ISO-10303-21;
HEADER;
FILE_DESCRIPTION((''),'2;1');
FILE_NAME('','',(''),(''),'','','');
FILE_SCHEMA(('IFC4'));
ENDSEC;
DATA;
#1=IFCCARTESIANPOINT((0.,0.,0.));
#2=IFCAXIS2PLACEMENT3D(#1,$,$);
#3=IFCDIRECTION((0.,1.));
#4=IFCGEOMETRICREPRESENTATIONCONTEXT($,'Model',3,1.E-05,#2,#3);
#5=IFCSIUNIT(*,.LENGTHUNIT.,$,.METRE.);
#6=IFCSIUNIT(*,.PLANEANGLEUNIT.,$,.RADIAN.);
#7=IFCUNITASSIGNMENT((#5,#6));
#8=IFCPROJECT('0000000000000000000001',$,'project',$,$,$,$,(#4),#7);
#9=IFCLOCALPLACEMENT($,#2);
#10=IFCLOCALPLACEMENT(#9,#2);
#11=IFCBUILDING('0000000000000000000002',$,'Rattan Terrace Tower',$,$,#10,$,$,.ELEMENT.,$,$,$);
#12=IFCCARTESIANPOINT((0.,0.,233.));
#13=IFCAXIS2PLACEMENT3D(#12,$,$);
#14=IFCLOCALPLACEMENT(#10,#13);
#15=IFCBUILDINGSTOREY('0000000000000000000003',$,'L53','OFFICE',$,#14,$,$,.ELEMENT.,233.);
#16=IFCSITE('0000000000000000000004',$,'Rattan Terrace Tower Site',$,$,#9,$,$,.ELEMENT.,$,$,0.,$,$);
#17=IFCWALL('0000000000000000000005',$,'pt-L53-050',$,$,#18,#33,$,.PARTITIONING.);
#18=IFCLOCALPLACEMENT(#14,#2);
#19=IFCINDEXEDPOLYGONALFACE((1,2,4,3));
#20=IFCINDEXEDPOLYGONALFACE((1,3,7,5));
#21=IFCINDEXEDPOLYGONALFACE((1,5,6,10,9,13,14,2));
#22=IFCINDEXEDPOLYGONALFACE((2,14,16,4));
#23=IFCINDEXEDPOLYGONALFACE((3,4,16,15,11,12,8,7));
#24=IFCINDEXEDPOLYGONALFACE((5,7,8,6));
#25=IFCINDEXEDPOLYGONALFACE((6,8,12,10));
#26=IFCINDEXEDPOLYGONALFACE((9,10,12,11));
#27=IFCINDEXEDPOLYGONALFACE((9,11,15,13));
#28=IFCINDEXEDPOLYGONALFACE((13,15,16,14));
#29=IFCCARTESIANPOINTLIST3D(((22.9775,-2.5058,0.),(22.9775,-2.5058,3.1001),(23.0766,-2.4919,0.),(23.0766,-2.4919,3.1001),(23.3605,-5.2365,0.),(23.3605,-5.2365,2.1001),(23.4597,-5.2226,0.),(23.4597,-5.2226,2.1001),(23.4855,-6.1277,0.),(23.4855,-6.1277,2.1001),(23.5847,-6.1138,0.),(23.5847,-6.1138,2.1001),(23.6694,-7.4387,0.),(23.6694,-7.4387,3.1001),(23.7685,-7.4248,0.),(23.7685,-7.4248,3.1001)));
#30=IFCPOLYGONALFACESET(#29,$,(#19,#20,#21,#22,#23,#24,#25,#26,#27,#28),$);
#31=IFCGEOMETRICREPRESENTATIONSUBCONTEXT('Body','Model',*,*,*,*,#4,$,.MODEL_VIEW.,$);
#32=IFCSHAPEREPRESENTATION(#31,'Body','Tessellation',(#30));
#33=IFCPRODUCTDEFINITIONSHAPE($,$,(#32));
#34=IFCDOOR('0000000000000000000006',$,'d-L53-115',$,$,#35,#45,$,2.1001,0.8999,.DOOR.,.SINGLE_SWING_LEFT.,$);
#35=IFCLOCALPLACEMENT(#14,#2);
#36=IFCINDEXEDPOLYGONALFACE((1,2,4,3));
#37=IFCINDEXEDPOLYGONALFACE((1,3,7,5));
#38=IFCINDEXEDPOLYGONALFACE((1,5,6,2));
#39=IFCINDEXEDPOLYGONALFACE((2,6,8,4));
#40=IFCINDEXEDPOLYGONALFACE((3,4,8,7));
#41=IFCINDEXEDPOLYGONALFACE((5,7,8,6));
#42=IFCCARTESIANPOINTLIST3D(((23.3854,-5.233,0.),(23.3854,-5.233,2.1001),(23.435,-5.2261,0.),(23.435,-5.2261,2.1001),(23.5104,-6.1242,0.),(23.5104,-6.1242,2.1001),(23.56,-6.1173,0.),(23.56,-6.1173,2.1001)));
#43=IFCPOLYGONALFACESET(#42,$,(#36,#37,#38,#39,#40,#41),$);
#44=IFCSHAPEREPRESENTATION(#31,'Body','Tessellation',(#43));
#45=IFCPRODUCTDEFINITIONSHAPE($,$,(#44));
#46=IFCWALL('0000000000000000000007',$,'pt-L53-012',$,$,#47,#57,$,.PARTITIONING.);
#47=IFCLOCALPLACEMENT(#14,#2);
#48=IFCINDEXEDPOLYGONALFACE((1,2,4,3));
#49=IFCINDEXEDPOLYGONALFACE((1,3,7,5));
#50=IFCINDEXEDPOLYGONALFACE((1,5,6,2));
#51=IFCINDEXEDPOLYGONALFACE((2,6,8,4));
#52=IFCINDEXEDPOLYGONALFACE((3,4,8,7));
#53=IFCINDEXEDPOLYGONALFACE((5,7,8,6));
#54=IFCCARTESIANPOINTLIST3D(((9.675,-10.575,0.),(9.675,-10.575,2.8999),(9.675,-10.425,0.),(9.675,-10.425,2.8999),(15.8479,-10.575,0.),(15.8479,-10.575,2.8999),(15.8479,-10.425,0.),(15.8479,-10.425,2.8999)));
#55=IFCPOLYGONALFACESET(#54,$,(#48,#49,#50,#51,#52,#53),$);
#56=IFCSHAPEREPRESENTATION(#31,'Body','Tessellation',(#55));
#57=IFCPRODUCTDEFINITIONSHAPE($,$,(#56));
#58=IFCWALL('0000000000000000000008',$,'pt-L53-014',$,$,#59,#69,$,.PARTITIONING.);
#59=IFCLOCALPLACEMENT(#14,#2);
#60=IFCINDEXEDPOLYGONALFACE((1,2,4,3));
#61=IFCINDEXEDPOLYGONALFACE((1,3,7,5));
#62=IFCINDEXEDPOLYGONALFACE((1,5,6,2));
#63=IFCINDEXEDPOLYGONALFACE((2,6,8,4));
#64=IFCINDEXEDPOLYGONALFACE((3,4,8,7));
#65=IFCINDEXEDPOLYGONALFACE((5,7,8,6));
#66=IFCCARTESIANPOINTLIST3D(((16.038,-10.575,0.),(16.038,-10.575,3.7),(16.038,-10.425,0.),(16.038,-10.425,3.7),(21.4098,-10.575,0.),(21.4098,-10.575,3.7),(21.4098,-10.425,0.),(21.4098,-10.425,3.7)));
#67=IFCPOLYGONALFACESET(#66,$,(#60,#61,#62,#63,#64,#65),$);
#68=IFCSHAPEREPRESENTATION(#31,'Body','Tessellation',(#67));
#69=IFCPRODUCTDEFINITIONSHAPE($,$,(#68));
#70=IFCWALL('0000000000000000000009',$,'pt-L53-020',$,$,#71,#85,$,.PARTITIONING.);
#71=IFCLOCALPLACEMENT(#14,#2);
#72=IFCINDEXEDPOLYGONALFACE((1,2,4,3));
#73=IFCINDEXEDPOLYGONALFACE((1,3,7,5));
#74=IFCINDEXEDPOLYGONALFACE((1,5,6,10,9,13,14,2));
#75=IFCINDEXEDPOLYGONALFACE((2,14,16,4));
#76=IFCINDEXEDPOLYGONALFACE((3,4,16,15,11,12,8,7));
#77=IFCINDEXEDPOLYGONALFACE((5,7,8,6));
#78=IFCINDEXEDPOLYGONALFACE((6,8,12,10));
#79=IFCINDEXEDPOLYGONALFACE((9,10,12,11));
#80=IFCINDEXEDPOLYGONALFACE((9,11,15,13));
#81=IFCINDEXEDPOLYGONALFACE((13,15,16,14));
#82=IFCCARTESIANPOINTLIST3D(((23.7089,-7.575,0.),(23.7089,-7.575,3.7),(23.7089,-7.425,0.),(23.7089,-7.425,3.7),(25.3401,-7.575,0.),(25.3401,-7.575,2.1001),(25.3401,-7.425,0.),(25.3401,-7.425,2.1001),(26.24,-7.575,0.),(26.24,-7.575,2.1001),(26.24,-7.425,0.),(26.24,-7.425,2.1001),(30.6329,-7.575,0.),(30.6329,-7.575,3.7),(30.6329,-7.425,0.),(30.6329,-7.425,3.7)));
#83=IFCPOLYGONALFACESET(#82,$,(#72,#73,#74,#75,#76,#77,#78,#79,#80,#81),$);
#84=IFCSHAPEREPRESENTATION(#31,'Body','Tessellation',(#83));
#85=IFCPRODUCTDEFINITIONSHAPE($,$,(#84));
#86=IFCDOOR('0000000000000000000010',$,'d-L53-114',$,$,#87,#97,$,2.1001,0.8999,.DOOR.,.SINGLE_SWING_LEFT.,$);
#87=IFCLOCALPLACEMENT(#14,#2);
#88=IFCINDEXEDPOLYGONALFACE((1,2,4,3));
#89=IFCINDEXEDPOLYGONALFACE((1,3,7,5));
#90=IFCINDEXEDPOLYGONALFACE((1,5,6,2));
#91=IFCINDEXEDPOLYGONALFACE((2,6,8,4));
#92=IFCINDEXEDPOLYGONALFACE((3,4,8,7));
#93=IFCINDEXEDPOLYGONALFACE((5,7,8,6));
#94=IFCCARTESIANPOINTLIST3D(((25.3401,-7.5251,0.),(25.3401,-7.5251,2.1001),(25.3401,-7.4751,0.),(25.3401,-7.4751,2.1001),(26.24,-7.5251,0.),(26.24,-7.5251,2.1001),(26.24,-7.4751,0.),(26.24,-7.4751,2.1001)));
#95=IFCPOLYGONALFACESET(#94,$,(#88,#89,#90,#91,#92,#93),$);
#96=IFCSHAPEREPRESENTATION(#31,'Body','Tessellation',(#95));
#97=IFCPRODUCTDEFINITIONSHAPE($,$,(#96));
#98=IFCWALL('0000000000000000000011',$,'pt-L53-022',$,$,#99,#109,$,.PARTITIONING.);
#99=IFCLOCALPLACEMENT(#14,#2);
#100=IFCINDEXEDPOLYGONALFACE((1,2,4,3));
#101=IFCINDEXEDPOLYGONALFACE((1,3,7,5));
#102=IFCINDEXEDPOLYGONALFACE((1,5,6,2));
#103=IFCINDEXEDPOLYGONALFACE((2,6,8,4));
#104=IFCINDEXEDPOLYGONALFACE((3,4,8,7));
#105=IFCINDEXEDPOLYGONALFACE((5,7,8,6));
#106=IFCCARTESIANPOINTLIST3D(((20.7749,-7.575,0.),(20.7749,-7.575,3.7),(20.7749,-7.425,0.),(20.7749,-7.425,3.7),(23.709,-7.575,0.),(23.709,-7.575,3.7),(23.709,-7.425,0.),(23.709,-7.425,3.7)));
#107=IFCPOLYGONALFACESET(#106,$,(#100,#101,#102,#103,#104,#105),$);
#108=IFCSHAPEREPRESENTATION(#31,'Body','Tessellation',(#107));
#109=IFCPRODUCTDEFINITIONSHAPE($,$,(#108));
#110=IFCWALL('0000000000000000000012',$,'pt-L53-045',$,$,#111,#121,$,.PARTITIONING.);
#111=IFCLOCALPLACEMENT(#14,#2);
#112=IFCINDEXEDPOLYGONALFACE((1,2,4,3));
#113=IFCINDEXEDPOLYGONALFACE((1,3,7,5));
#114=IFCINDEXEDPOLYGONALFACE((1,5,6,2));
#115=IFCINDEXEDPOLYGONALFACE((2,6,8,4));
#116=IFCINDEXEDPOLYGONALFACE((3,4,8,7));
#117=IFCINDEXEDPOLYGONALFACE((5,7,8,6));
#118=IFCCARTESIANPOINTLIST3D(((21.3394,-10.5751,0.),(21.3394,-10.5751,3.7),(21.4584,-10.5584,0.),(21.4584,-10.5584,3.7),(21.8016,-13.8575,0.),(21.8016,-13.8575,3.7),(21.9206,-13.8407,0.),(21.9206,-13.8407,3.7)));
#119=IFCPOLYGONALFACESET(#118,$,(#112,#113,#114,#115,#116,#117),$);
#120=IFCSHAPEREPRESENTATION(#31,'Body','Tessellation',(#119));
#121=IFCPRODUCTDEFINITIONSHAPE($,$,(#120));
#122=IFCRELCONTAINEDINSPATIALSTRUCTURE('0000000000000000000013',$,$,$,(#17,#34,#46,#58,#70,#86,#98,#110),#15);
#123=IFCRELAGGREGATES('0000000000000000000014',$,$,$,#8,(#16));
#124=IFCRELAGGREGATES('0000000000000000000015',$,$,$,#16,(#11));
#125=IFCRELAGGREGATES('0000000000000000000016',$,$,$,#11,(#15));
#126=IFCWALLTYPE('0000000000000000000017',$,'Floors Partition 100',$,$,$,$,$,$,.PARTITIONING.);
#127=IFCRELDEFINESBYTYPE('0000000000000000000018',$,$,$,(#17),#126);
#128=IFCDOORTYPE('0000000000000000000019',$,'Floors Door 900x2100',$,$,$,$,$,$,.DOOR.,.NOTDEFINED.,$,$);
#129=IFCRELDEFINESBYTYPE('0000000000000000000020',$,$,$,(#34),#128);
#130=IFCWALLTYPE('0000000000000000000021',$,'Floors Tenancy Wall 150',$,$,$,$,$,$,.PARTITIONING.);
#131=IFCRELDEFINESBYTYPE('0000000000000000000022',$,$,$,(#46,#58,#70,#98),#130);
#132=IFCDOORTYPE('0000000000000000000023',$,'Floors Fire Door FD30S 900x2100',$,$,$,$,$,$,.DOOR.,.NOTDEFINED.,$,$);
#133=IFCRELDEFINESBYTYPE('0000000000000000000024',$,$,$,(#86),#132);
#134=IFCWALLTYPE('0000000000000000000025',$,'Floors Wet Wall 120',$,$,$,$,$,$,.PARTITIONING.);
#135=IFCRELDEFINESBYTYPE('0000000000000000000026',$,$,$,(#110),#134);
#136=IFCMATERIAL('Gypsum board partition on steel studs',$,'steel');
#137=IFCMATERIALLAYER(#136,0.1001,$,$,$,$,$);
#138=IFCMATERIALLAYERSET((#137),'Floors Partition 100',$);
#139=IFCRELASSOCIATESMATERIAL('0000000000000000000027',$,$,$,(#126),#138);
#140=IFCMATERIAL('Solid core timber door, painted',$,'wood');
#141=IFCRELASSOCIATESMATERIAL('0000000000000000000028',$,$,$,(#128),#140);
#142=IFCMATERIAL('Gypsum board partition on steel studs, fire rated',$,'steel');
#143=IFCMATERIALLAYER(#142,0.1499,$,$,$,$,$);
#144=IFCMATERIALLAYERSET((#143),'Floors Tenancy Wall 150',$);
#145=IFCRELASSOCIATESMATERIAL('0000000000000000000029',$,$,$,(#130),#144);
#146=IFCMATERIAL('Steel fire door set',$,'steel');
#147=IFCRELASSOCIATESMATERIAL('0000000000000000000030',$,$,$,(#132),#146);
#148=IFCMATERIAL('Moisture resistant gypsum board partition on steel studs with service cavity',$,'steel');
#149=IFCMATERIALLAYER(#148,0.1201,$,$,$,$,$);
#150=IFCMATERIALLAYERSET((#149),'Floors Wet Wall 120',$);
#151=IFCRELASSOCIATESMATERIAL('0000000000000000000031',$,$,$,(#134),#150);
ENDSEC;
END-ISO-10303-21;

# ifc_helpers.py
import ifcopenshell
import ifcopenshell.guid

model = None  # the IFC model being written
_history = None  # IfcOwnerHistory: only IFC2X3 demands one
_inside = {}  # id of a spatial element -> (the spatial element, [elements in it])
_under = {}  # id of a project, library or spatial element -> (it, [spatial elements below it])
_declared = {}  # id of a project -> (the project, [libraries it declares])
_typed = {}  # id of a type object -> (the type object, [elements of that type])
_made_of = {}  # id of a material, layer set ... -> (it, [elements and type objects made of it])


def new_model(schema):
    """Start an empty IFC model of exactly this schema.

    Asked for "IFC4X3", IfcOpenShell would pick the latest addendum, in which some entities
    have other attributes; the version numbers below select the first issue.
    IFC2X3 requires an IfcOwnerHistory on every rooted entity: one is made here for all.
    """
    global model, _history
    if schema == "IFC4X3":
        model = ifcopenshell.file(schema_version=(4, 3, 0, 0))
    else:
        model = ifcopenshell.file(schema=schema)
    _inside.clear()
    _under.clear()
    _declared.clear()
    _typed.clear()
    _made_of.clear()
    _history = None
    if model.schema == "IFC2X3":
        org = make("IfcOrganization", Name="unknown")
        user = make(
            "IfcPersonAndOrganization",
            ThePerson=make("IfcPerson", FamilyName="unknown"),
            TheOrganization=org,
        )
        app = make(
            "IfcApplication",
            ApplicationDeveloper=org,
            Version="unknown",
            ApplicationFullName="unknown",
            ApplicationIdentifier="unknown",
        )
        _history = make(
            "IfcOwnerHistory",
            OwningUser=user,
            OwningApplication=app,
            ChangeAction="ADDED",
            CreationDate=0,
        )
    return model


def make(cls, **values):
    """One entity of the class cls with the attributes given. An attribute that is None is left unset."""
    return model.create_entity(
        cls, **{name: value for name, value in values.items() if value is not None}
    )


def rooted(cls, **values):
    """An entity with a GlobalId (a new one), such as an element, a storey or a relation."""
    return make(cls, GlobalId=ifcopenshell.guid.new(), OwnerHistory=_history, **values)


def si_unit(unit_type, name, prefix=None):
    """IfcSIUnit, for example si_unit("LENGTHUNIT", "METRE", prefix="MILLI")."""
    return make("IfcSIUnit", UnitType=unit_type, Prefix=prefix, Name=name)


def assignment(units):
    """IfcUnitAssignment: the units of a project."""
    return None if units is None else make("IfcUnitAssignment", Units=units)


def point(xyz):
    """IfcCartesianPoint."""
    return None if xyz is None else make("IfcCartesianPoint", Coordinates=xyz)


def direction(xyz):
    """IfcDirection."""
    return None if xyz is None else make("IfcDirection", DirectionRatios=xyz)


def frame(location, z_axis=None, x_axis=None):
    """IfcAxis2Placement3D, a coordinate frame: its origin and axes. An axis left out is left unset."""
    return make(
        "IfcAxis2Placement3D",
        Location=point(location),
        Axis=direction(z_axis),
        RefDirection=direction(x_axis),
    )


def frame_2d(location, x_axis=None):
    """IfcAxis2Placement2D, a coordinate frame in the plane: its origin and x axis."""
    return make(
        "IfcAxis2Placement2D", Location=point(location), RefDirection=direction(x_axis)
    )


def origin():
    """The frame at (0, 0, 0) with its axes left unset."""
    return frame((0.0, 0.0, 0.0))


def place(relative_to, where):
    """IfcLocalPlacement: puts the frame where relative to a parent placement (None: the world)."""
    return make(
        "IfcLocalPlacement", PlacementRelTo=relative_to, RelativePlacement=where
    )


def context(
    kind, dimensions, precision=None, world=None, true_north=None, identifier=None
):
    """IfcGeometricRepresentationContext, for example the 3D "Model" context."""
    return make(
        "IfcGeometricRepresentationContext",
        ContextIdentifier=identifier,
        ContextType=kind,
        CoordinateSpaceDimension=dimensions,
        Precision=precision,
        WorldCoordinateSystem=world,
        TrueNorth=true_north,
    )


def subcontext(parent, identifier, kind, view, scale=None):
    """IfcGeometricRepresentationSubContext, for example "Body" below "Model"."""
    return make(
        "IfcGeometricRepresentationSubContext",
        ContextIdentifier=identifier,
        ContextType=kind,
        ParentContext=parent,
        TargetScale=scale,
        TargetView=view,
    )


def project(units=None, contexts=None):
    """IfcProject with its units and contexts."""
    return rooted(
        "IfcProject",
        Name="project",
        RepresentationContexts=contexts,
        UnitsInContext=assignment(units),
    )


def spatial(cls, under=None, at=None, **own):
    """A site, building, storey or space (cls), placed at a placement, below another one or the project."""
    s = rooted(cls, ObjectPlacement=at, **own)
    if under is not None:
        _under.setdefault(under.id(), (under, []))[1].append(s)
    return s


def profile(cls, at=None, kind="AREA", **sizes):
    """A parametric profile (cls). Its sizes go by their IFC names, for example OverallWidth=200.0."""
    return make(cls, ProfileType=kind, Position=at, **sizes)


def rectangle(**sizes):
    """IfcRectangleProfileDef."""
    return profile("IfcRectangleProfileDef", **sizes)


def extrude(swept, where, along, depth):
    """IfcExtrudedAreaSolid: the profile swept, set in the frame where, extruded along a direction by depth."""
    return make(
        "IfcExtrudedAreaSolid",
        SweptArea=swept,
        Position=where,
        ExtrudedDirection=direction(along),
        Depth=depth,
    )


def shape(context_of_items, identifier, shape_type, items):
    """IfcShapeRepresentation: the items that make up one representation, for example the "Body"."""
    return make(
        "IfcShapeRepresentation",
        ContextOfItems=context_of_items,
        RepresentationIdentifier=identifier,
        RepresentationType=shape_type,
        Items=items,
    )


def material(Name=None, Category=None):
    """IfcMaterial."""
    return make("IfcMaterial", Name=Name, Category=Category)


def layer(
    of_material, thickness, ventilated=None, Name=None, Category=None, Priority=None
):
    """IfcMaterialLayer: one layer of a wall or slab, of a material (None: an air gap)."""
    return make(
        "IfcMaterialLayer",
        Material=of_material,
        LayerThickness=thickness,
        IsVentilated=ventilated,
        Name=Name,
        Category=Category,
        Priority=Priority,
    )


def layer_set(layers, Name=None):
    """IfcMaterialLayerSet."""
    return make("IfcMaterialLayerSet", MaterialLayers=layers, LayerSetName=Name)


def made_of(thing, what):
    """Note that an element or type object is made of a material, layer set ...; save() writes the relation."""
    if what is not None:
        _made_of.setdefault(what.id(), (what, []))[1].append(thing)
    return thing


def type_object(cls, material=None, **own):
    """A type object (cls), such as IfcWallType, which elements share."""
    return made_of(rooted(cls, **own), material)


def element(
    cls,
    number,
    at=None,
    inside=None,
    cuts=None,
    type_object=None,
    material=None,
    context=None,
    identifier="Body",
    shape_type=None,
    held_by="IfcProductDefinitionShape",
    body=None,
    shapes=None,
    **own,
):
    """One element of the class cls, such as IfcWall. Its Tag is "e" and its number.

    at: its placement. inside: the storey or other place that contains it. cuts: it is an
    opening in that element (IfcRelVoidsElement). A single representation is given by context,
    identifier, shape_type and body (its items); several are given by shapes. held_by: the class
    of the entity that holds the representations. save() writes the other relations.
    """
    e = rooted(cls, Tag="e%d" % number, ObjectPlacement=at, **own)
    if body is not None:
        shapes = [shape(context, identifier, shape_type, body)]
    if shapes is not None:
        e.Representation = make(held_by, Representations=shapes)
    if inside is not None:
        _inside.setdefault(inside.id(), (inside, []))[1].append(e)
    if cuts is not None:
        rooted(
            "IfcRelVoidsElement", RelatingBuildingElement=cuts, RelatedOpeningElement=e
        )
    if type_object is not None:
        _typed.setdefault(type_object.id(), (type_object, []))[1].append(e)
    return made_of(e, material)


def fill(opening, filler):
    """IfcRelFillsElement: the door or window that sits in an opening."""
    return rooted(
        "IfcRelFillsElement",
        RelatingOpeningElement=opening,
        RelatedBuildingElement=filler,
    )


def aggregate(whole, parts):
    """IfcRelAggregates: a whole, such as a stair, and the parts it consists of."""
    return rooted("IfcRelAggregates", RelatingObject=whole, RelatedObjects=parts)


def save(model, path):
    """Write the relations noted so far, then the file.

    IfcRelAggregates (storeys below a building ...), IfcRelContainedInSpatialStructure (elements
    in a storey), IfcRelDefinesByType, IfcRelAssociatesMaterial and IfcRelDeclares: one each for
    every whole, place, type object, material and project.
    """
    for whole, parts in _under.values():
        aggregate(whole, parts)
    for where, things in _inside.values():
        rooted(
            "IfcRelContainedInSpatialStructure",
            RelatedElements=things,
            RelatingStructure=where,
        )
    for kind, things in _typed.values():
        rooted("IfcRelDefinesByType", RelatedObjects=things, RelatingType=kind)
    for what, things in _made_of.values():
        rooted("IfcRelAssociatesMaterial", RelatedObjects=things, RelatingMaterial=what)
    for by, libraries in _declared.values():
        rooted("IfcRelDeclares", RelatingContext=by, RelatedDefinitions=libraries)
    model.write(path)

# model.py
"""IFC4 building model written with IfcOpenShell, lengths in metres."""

from ifc_helpers import new_model, si_unit, direction, frame, frame_2d, origin, place, context, subcontext, project, spatial, rectangle, extrude, material, layer, layer_set, type_object, element, fill, save


model = new_model("IFC4")

# Units and contexts
model_context = context("Model", 3, precision=1e-05, world=origin(), true_north=direction((0.0, 1.0)))
body_context = subcontext(model_context, "Body", "Model", "MODEL_VIEW")
ifc_project = project(units=[si_unit("LENGTHUNIT", "METRE"), si_unit("PLANEANGLEUNIT", "RADIAN")], contexts=[model_context])

# Site, building, storey
site_placement = place(None, origin())
site = spatial("IfcSite", under=ifc_project, at=site_placement, Name="Rattan Terrace Tower Site", CompositionType="ELEMENT", RefElevation=0.0)
building_placement = place(site_placement, origin())
building = spatial("IfcBuilding", under=site, at=building_placement, Name="Rattan Terrace Tower", CompositionType="ELEMENT")
storey_placement = place(building_placement, frame((0.0, 0.0, 233.0)))
storey = spatial("IfcBuildingStorey", under=building, at=storey_placement, Name="L53", Description="OFFICE", CompositionType="ELEMENT", Elevation=233.0)

# Wall, opening, door
ifc_material_1 = material(Name="Gypsum board partition on steel studs", Category="steel")
ifc_layer_1 = layer(ifc_material_1, 0.1001)
ifc_layer_set_1 = layer_set([ifc_layer_1], Name="Floors Partition 100")
wall_type_1 = type_object("IfcWallType", Name="Floors Partition 100", PredefinedType="PARTITIONING", material=ifc_layer_set_1)
ifc_material_2 = material(Name="Solid core timber door, painted", Category="wood")
door_type_1 = type_object("IfcDoorType", Name="Floors Door 900x2100", OperationType="NOTDEFINED", PredefinedType="DOOR", material=ifc_material_2)
wall_1_placement = place(storey_placement, frame((23.719, -7.4319, 0.0), z_axis=(0.0, 0.0, 1.0), x_axis=(-0.138903, 0.990306, 0.0)))
wall_1 = element("IfcWall", 1, at=wall_1_placement, inside=storey, type_object=wall_type_1, Name="pt-L53-050", PredefinedType="PARTITIONING", context=body_context, shape_type="SweptSolid", body=[
    extrude(rectangle(XDim=4.9812, YDim=0.1001, at=frame_2d((2.4907, 0.0))), origin(), (0.0, 0.0, 1.0), 3.1001),
])
opening_1_placement = place(wall_1_placement, frame((1.324, 0.0, 0.0)))
opening_1 = element("IfcOpeningElement", 2, at=opening_1_placement, cuts=wall_1, PredefinedType="OPENING", context=body_context, shape_type="SweptSolid", body=[
    extrude(rectangle(XDim=0.8999, YDim=2.1001, at=frame_2d((0.45, 1.05))), frame((0.0, 0.0605, 0.0), z_axis=(0.0, -1.0, 0.0), x_axis=(1.0, 0.0, 0.0)), (0.0, 0.0, 1.0), 0.1211),
])
door_1_placement = place(opening_1_placement, origin())
door_1 = element("IfcDoor", 3, at=door_1_placement, inside=storey, type_object=door_type_1, Name="d-L53-115", OperationType="SINGLE_SWING_LEFT", OverallHeight=2.1001, OverallWidth=0.8999, PredefinedType="DOOR", context=body_context, shape_type="SweptSolid", body=[
    extrude(rectangle(XDim=0.8999, YDim=2.1001, at=frame_2d((0.45, 1.05))), frame((0.0, 0.0249, 0.0), z_axis=(0.0, -1.0, 0.0), x_axis=(1.0, 0.0, 0.0)), (0.0, 0.0, 1.0), 0.05),
])
fill(opening_1, door_1)

# Walls
ifc_material_3 = material(Name="Gypsum board partition on steel studs, fire rated", Category="steel")
ifc_layer_2 = layer(ifc_material_3, 0.1499)
ifc_layer_set_2 = layer_set([ifc_layer_2], Name="Floors Tenancy Wall 150")
wall_type_2 = type_object("IfcWallType", Name="Floors Tenancy Wall 150", PredefinedType="PARTITIONING", material=ifc_layer_set_2)
wall_2_placement = place(storey_placement, frame((15.8479, -10.5, 0.0), z_axis=(0.0, 0.0, 1.0), x_axis=(-1.0, 0.0, 0.0)))
element("IfcWall", 4, at=wall_2_placement, inside=storey, type_object=wall_type_2, Name="pt-L53-012", PredefinedType="PARTITIONING", context=body_context, shape_type="SweptSolid", body=[
    extrude(rectangle(XDim=6.1729, YDim=0.1499, at=frame_2d((3.0864, 0.0))), origin(), (0.0, 0.0, 1.0), 2.8999),
])
wall_3_placement = place(storey_placement, frame((21.4099, -10.5, 0.0), z_axis=(0.0, 0.0, 1.0), x_axis=(-1.0, 0.0, 0.0)))
element("IfcWall", 5, at=wall_3_placement, inside=storey, type_object=wall_type_2, Name="pt-L53-014", PredefinedType="PARTITIONING", context=body_context, shape_type="SweptSolid", body=[
    extrude(rectangle(XDim=5.3718, YDim=0.1499, at=frame_2d((2.686, 0.0))), origin(), (0.0, 0.0, 1.0), 3.7),
])

# Wall, opening, door
wall_4_placement = place(storey_placement, frame((23.709, -7.5, 0.0), z_axis=(0.0, 0.0, 1.0), x_axis=(1.0, 0.0, 0.0)))
wall_4 = element("IfcWall", 6, at=wall_4_placement, inside=storey, type_object=wall_type_2, Name="pt-L53-020", PredefinedType="PARTITIONING", context=body_context, shape_type="SweptSolid", body=[
    extrude(rectangle(XDim=6.9241, YDim=0.1499, at=frame_2d((3.4619, 0.0))), origin(), (0.0, 0.0, 1.0), 3.7),
])
opening_2_placement = place(wall_4_placement, frame((1.6311, 0.0, 0.0)))
opening_2 = element("IfcOpeningElement", 7, at=opening_2_placement, cuts=wall_4, PredefinedType="OPENING", context=body_context, shape_type="SweptSolid", body=[
    extrude(rectangle(XDim=0.8999, YDim=2.1001, at=frame_2d((0.45, 1.05))), frame((0.0, 0.0854, 0.0), z_axis=(0.0, -1.0, 0.0), x_axis=(1.0, 0.0, 0.0)), (0.0, 0.0, 1.0), 0.1709),
])
ifc_material_4 = material(Name="Steel fire door set", Category="steel")
door_type_2 = type_object("IfcDoorType", Name="Floors Fire Door FD30S 900x2100", OperationType="NOTDEFINED", PredefinedType="DOOR", material=ifc_material_4)
door_2_placement = place(opening_2_placement, origin())
door_2 = element("IfcDoor", 8, at=door_2_placement, inside=storey, type_object=door_type_2, Name="d-L53-114", OperationType="SINGLE_SWING_LEFT", OverallHeight=2.1001, OverallWidth=0.8999, PredefinedType="DOOR", context=body_context, shape_type="SweptSolid", body=[
    extrude(rectangle(XDim=0.8999, YDim=2.1001, at=frame_2d((0.45, 1.05))), frame((0.0, 0.0249, 0.0), z_axis=(0.0, -1.0, 0.0), x_axis=(1.0, 0.0, 0.0)), (0.0, 0.0, 1.0), 0.05),
])
fill(opening_2, door_2)

# Walls
wall_5_placement = place(storey_placement, frame((20.7749, -7.5, 0.0), z_axis=(0.0, 0.0, 1.0), x_axis=(1.0, 0.0, 0.0)))
element("IfcWall", 9, at=wall_5_placement, inside=storey, type_object=wall_type_2, Name="pt-L53-022", PredefinedType="PARTITIONING", context=body_context, shape_type="SweptSolid", body=[
    extrude(rectangle(XDim=2.9341, YDim=0.1499, at=frame_2d((1.467, 0.0))), origin(), (0.0, 0.0, 1.0), 3.7),
])
ifc_material_5 = material(Name="Moisture resistant gypsum board partition on steel studs with service cavity", Category="steel")
ifc_layer_3 = layer(ifc_material_5, 0.1201)
ifc_layer_set_3 = layer_set([ifc_layer_3], Name="Floors Wet Wall 120")
wall_type_3 = type_object("IfcWallType", Name="Floors Wet Wall 120", PredefinedType="PARTITIONING", material=ifc_layer_set_3)
wall_6_placement = place(storey_placement, frame((21.3989, -10.5669, 0.0), z_axis=(0.0, 0.0, 1.0), x_axis=(0.139431, -0.990232, 0.0)))
element("IfcWall", 10, at=wall_6_placement, inside=storey, type_object=wall_type_3, Name="pt-L53-045", PredefinedType="PARTITIONING", context=body_context, shape_type="SweptSolid", body=[
    extrude(rectangle(XDim=3.3147, YDim=0.1201, at=frame_2d((1.6572, 0.0))), origin(), (0.0, 0.0, 1.0), 3.7),
])

save(model, "model.ifc")
